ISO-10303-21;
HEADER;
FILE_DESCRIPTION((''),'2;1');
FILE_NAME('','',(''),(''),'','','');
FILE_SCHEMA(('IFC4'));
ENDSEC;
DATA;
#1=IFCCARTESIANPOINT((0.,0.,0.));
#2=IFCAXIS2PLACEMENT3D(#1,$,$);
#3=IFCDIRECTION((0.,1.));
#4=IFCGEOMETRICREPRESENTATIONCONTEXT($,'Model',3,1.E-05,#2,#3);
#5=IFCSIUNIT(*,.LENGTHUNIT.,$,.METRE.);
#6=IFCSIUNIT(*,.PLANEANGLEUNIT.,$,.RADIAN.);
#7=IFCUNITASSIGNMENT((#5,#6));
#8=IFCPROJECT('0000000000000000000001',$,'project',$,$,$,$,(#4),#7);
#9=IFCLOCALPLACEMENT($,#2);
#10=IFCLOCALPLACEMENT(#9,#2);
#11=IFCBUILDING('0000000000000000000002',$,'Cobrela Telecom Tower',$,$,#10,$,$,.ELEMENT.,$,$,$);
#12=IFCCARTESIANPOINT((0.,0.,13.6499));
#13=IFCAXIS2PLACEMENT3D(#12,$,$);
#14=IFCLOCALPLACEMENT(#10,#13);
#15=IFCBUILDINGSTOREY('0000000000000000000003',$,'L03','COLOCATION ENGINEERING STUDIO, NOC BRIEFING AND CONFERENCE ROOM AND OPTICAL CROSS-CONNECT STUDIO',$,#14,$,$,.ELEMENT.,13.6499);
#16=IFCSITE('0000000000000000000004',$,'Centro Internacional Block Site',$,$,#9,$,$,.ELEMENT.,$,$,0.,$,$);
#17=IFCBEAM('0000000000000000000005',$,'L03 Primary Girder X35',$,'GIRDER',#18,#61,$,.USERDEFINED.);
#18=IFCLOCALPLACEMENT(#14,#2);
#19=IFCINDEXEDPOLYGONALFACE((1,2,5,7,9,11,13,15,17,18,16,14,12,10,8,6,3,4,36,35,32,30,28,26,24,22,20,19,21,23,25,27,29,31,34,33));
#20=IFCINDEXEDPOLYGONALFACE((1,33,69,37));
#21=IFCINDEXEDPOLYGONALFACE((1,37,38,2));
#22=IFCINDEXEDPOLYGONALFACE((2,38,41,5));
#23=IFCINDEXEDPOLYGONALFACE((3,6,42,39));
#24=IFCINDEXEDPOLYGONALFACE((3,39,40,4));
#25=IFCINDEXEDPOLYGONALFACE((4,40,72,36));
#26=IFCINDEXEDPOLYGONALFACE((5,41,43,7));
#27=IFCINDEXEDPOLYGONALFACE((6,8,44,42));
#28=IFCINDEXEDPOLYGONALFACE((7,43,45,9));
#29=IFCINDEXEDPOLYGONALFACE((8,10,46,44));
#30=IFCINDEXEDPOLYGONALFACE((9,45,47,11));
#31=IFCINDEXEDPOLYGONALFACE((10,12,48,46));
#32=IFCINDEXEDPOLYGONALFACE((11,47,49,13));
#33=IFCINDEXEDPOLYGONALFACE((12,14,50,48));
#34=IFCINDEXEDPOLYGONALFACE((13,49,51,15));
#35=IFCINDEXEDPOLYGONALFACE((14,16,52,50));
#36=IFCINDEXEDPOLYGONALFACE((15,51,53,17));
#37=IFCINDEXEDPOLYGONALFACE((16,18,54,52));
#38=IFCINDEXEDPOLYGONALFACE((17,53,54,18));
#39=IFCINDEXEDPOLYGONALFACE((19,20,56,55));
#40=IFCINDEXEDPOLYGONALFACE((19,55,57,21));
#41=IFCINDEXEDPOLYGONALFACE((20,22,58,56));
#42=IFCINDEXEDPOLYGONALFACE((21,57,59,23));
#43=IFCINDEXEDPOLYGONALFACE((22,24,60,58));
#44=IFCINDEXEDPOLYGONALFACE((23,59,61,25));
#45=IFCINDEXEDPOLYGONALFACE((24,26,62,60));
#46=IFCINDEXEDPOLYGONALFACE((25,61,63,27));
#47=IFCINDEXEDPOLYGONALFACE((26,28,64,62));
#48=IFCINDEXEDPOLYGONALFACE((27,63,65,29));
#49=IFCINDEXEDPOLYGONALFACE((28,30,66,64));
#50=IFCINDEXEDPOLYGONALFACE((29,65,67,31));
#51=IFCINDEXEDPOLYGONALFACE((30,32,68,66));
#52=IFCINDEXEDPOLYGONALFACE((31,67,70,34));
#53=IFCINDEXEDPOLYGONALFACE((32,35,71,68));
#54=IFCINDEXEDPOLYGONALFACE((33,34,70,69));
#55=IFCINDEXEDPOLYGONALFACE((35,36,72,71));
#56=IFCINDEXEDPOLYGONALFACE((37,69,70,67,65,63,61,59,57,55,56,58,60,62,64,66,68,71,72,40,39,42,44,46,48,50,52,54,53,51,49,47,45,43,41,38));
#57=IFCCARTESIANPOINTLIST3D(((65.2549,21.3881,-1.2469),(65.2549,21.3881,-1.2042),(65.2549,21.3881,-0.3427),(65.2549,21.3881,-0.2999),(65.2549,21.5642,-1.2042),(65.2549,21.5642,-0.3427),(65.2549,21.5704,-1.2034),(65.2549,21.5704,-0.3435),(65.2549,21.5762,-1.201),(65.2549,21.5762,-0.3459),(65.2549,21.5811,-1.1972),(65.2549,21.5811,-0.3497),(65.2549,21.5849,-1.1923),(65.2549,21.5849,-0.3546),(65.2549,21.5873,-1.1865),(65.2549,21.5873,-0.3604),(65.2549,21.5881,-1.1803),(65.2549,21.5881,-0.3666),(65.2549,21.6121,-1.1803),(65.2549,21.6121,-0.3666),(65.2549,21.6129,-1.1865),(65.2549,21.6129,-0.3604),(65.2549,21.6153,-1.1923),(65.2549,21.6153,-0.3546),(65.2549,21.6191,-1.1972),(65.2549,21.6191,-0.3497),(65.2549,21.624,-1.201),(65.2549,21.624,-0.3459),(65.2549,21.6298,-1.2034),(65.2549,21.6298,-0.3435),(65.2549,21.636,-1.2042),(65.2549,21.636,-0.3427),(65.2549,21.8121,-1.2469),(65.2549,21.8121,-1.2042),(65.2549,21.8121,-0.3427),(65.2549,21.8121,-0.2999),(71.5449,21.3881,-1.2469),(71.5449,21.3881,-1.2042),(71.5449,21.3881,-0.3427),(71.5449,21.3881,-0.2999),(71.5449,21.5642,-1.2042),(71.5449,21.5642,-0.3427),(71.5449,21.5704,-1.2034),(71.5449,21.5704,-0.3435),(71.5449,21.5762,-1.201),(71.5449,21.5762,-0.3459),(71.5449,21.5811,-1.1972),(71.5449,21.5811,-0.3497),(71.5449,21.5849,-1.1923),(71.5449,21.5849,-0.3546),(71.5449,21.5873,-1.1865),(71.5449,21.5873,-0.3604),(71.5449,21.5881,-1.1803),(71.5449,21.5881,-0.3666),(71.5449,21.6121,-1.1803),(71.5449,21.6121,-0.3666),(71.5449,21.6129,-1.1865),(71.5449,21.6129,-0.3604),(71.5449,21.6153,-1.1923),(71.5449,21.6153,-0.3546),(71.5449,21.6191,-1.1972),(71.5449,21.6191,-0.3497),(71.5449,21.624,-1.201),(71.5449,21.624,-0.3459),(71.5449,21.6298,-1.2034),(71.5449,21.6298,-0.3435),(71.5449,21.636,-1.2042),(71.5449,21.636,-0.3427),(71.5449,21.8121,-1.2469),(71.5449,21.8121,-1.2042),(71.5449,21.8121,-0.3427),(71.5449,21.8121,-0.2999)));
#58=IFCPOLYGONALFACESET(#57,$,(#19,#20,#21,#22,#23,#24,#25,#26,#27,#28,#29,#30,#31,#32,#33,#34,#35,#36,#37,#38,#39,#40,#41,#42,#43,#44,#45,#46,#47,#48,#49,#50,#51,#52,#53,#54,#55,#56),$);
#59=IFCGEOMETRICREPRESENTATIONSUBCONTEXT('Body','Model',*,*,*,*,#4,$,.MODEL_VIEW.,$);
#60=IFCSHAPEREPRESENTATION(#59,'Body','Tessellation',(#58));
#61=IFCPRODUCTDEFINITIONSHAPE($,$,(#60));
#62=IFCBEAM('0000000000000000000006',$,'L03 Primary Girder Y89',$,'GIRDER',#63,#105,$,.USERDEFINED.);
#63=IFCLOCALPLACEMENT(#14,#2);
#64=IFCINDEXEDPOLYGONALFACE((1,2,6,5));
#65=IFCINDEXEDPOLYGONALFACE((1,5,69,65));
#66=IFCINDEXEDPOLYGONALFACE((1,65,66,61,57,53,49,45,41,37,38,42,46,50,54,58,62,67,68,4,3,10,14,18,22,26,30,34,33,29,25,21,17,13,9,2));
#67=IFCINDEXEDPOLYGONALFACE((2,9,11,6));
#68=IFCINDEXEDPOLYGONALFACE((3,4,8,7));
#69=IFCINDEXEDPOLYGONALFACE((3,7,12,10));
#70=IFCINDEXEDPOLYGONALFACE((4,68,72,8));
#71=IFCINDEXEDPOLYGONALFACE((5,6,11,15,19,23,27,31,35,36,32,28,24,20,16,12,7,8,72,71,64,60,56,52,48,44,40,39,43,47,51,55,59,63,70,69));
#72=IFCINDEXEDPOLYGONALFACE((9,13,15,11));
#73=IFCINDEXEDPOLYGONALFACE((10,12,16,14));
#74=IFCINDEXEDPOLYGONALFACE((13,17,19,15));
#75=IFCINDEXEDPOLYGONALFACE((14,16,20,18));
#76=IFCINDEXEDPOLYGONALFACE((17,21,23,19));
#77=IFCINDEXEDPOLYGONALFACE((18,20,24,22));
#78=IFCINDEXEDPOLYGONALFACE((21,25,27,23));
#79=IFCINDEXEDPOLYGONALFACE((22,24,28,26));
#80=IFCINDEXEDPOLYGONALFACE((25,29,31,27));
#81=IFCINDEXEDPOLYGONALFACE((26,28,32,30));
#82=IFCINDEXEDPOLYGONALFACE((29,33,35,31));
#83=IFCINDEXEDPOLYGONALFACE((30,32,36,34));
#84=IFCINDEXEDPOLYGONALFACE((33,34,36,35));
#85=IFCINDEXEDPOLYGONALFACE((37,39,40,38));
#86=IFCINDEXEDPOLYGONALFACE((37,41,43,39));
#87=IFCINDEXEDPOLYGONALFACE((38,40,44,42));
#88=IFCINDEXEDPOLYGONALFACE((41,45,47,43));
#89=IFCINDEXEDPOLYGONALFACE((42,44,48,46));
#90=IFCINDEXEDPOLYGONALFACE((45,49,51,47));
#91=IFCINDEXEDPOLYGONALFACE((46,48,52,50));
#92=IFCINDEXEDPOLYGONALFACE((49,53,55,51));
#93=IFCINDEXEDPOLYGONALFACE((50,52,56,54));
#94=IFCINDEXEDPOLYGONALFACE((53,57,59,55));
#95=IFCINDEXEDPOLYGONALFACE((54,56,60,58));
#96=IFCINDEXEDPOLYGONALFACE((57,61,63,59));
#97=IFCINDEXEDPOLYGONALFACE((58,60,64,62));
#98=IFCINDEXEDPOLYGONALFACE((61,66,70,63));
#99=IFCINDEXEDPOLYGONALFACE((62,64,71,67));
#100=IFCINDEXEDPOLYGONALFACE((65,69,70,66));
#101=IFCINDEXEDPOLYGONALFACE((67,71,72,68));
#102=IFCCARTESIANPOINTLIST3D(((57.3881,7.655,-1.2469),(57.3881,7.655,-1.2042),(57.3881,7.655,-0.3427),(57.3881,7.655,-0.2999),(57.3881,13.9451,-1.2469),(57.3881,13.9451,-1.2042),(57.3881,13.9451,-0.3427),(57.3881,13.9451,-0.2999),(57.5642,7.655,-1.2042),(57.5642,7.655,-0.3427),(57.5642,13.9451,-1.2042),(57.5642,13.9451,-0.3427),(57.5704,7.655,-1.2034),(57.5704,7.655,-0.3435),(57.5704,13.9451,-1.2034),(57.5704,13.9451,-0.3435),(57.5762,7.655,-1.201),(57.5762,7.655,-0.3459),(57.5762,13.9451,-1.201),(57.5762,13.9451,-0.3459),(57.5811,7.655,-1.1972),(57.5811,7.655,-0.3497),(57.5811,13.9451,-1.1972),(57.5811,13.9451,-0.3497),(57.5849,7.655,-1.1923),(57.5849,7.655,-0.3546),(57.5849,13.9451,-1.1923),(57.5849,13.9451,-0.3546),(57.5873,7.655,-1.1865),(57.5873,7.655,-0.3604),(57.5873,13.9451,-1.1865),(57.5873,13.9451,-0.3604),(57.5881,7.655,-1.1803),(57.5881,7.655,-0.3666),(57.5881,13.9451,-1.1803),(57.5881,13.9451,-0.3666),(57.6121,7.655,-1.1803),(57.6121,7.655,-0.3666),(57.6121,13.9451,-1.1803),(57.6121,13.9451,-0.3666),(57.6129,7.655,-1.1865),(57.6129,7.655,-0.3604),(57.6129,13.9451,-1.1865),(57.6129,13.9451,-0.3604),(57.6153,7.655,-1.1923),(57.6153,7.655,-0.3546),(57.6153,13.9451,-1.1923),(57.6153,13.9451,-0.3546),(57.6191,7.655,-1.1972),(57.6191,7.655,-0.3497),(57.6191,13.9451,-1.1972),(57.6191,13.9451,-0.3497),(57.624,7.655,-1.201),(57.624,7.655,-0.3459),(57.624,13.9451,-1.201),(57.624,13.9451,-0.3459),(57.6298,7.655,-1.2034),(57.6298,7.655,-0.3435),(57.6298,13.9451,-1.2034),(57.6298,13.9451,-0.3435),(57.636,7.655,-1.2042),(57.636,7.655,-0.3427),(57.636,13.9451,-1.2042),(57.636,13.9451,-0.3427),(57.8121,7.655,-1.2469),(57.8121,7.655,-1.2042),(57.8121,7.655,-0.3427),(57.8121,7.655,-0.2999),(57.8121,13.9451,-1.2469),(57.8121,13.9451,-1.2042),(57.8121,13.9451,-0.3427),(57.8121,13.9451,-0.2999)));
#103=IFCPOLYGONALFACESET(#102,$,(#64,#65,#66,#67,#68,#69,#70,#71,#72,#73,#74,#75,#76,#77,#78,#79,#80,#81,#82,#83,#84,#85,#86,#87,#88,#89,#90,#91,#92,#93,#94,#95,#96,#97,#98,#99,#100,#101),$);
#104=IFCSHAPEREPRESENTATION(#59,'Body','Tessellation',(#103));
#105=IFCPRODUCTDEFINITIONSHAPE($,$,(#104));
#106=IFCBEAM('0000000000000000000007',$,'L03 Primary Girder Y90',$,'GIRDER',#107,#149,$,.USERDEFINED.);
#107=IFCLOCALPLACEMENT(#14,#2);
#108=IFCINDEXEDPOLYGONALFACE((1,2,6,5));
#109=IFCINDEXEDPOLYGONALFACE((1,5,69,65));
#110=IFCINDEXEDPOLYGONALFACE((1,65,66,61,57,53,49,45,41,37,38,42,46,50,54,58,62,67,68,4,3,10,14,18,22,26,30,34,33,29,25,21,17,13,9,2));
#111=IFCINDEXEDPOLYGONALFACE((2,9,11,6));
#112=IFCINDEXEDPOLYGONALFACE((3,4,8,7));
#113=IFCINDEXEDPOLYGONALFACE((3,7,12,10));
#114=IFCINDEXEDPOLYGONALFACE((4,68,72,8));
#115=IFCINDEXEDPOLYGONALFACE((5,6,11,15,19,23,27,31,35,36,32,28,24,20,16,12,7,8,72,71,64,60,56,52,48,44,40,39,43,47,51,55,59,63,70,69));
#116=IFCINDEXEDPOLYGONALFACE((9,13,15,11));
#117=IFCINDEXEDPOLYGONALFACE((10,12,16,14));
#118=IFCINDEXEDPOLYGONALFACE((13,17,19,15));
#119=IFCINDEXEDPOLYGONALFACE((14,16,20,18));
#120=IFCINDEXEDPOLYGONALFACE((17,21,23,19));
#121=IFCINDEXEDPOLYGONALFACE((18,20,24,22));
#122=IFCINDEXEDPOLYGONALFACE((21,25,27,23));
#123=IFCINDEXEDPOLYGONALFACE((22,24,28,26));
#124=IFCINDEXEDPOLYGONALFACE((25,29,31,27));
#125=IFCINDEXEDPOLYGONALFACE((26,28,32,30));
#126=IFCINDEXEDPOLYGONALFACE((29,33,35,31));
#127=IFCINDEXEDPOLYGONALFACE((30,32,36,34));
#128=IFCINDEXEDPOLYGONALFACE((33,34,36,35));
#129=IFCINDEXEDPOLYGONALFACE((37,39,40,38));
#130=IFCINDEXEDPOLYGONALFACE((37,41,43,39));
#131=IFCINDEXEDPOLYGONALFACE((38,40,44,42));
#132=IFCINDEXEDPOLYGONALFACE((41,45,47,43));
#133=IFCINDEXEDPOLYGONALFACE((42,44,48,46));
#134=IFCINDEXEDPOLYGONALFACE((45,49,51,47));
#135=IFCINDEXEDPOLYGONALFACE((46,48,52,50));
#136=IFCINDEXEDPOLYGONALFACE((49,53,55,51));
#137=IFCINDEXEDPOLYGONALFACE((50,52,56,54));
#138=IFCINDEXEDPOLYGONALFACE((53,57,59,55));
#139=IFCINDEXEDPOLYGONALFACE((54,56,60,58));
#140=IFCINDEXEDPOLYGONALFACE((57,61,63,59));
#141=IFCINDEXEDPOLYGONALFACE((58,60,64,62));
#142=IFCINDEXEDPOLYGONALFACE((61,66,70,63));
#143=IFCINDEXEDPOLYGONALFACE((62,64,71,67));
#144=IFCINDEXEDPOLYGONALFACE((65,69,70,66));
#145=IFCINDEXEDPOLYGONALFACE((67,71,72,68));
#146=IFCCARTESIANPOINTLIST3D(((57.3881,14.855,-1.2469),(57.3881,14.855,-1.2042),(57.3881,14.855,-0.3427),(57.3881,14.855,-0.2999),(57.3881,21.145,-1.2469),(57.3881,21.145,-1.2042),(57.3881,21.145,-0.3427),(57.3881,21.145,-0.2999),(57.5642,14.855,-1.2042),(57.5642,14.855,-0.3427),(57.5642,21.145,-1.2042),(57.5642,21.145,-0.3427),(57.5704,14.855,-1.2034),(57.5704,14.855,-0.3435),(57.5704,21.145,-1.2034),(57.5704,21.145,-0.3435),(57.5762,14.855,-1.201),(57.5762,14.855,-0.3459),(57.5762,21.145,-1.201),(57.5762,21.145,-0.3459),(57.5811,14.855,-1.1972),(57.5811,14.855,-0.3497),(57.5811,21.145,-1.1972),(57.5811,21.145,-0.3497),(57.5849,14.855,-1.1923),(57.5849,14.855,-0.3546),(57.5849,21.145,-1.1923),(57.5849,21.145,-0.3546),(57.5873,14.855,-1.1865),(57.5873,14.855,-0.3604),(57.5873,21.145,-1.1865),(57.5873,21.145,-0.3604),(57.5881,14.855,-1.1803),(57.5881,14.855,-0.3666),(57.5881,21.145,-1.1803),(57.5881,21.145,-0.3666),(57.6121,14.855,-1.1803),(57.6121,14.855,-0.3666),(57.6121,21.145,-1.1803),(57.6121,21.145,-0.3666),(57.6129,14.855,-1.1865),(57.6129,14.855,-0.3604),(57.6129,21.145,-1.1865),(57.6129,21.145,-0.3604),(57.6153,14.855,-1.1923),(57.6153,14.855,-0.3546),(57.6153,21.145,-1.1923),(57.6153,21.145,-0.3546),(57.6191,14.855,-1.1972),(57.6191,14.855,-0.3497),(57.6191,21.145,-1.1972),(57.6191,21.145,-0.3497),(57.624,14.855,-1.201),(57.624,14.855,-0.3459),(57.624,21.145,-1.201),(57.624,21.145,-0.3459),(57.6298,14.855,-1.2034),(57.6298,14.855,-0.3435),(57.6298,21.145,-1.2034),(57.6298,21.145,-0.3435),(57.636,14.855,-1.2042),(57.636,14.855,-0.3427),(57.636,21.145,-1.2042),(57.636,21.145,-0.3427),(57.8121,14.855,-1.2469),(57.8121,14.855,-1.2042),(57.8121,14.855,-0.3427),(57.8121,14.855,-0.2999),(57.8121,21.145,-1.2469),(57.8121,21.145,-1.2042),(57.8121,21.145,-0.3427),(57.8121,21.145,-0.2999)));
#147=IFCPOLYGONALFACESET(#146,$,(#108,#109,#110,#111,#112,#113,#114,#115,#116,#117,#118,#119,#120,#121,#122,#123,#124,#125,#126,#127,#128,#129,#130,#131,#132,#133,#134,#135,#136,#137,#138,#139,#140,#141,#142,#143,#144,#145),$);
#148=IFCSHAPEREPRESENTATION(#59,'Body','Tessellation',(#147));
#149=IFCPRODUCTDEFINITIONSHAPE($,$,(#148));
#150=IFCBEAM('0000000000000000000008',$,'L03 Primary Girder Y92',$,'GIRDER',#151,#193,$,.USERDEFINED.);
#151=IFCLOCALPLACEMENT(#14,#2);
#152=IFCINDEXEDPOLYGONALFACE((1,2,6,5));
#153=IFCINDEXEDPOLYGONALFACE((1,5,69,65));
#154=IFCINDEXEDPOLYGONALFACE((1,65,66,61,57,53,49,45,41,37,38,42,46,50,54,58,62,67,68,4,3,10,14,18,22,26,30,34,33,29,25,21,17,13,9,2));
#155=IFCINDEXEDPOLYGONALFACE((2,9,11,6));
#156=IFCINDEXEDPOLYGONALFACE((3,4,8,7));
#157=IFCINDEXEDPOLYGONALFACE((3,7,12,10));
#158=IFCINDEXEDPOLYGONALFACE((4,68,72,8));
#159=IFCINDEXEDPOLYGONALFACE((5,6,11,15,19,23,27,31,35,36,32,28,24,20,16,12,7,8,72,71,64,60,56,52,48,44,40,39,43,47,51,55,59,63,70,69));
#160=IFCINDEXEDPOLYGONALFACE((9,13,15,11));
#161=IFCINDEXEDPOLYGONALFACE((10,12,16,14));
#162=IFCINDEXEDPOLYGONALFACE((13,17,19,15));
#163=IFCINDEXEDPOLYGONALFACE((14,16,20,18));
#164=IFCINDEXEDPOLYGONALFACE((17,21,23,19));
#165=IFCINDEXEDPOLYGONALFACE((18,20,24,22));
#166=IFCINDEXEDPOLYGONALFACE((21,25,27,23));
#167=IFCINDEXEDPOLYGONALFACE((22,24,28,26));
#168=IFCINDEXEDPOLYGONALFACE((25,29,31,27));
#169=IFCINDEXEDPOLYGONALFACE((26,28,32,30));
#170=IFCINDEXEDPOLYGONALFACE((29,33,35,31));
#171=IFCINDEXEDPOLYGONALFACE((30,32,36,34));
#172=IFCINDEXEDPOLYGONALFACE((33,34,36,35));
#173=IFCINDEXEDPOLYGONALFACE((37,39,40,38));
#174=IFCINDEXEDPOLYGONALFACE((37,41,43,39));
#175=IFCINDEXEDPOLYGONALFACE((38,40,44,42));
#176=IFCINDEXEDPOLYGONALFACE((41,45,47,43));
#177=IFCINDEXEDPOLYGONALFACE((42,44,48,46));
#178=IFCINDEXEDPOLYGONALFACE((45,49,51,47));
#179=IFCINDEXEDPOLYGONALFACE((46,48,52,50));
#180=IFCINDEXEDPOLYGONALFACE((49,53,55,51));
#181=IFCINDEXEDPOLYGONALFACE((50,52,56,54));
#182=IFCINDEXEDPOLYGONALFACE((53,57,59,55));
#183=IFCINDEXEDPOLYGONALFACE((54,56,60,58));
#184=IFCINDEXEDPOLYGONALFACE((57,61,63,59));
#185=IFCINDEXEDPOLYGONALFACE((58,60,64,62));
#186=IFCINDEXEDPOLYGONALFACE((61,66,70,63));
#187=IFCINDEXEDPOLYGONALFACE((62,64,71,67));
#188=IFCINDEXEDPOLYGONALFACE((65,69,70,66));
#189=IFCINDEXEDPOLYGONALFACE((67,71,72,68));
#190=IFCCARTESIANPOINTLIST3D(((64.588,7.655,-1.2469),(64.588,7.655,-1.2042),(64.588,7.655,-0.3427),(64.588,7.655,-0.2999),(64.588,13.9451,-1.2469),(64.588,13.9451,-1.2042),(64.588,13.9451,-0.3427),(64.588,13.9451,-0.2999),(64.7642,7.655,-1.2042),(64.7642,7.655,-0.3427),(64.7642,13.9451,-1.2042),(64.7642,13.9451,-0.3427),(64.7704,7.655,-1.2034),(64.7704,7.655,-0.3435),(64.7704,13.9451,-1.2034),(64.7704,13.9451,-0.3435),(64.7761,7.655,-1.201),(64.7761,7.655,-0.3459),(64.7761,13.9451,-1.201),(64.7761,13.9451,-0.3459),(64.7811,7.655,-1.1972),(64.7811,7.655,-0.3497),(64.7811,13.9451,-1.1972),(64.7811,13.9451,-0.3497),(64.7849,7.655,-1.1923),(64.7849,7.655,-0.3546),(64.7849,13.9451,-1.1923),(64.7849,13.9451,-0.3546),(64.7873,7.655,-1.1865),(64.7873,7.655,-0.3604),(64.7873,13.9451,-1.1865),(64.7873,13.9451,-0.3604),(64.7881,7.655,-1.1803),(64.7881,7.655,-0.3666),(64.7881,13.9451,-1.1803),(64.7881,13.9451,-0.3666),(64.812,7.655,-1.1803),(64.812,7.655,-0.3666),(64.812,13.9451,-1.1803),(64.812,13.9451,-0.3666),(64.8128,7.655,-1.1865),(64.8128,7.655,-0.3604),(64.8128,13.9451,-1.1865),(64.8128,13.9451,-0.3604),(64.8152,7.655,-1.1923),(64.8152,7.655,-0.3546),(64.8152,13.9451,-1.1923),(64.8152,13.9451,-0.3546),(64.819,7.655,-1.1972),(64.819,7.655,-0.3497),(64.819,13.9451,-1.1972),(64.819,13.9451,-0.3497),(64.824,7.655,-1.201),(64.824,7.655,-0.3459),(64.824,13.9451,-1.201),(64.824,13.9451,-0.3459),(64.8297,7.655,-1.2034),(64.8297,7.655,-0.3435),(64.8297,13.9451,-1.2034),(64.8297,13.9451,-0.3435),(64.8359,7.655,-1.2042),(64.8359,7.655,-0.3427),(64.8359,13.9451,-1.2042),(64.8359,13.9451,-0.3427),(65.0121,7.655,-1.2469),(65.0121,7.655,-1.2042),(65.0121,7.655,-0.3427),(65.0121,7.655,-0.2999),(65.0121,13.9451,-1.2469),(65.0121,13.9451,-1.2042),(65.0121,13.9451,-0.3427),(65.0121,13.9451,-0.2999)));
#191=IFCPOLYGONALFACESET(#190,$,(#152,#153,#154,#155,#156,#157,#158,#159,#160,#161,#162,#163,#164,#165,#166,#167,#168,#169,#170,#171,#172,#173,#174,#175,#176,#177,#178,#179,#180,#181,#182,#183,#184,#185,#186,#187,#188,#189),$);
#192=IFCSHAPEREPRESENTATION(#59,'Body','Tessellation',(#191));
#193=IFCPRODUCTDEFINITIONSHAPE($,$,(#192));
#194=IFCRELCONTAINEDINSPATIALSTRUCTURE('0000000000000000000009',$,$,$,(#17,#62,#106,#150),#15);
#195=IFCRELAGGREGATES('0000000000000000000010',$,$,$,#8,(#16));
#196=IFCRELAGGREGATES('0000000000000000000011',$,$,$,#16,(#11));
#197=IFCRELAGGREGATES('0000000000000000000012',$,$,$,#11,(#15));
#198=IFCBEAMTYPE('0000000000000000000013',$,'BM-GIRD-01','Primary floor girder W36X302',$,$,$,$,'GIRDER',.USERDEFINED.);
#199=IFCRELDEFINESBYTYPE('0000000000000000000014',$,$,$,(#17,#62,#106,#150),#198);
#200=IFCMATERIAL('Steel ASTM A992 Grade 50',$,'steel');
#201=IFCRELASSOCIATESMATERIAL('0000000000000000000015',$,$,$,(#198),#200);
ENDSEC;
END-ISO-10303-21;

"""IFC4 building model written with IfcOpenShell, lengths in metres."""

from ifc_helpers import new_model, si_unit, direction, frame, origin, origin_2d, place, context, subcontext, project, spatial, i_section, extrude, material, material_profile, profile_set, type_object, element, save


model = new_model("IFC4")

# Units and contexts
model_context = context("Model", 3, precision=1e-05, world=origin(), true_north=direction((0.0, 1.0)))
body_context = subcontext(model_context, "Body", "Model", "MODEL_VIEW")
ifc_project = project(units=[si_unit("LENGTHUNIT", "METRE"), si_unit("PLANEANGLEUNIT", "RADIAN")], contexts=[model_context])

# Site, building, storey
site_placement = place(None, origin())
site = spatial("IfcSite", under=ifc_project, at=site_placement, Name="Centro Internacional Block Site", CompositionType="ELEMENT", RefElevation=0.0)
building_placement = place(site_placement, origin())
building = spatial("IfcBuilding", under=site, at=building_placement, Name="Cobrela Telecom Tower", CompositionType="ELEMENT")
storey_placement = place(building_placement, frame((0.0, 0.0, 13.6499)))
storey = spatial("IfcBuildingStorey", under=building, at=storey_placement, Name="L03", Description="COLOCATION ENGINEERING STUDIO, NOC BRIEFING AND CONFERENCE ROOM AND OPTICAL CROSS-CONNECT STUDIO", CompositionType="ELEMENT", Elevation=13.6499)

# Beams
ifc_material_1 = material(Name="Steel ASTM A992 Grade 50", Category="steel")
ifc_material_profile_1 = material_profile(ifc_material_1, i_section(OverallWidth=0.4241, OverallDepth=0.947, WebThickness=0.0239, FlangeThickness=0.0427, FilletRadius=0.0239, at=origin_2d()), Name="W36X302")
ifc_profile_set_1 = profile_set([ifc_material_profile_1], Name="Steel ASTM A992 Grade 50")
beam_type_1 = type_object("IfcBeamType", Name="BM-GIRD-01", Description="Primary floor girder W36X302", ElementType="GIRDER", PredefinedType="USERDEFINED", material=ifc_profile_set_1)
for number, where, z_axis, x_axis, name in (
    (1, (65.2549, 21.6001, -0.7734), (1.0, 0.0, 0.0), (0.0, 1.0, 0.0), "L03 Primary Girder X35"),
    (2, (57.6001, 7.655, -0.7734), (0.0, 1.0, 0.0), (-1.0, 0.0, 0.0), "L03 Primary Girder Y89"),
    (3, (57.6001, 14.855, -0.7734), (0.0, 1.0, 0.0), (-1.0, 0.0, 0.0), "L03 Primary Girder Y90"),
    (4, (64.8, 7.655, -0.7734), (0.0, 1.0, 0.0), (-1.0, 0.0, 0.0), "L03 Primary Girder Y92"),
):
    element("IfcBeam", number, at=place(storey_placement, frame(where, z_axis=z_axis, x_axis=x_axis)), inside=storey, type_object=beam_type_1, Name=name, ObjectType="GIRDER", PredefinedType="USERDEFINED", context=body_context, shape_type="SweptSolid", body=[
        extrude(i_section(OverallWidth=0.4241, OverallDepth=0.947, WebThickness=0.0239, FlangeThickness=0.0427, FilletRadius=0.0239, at=origin_2d()), origin(), (0.0, 0.0, 1.0), 6.29),
    ])

save(model, "model.ifc")
